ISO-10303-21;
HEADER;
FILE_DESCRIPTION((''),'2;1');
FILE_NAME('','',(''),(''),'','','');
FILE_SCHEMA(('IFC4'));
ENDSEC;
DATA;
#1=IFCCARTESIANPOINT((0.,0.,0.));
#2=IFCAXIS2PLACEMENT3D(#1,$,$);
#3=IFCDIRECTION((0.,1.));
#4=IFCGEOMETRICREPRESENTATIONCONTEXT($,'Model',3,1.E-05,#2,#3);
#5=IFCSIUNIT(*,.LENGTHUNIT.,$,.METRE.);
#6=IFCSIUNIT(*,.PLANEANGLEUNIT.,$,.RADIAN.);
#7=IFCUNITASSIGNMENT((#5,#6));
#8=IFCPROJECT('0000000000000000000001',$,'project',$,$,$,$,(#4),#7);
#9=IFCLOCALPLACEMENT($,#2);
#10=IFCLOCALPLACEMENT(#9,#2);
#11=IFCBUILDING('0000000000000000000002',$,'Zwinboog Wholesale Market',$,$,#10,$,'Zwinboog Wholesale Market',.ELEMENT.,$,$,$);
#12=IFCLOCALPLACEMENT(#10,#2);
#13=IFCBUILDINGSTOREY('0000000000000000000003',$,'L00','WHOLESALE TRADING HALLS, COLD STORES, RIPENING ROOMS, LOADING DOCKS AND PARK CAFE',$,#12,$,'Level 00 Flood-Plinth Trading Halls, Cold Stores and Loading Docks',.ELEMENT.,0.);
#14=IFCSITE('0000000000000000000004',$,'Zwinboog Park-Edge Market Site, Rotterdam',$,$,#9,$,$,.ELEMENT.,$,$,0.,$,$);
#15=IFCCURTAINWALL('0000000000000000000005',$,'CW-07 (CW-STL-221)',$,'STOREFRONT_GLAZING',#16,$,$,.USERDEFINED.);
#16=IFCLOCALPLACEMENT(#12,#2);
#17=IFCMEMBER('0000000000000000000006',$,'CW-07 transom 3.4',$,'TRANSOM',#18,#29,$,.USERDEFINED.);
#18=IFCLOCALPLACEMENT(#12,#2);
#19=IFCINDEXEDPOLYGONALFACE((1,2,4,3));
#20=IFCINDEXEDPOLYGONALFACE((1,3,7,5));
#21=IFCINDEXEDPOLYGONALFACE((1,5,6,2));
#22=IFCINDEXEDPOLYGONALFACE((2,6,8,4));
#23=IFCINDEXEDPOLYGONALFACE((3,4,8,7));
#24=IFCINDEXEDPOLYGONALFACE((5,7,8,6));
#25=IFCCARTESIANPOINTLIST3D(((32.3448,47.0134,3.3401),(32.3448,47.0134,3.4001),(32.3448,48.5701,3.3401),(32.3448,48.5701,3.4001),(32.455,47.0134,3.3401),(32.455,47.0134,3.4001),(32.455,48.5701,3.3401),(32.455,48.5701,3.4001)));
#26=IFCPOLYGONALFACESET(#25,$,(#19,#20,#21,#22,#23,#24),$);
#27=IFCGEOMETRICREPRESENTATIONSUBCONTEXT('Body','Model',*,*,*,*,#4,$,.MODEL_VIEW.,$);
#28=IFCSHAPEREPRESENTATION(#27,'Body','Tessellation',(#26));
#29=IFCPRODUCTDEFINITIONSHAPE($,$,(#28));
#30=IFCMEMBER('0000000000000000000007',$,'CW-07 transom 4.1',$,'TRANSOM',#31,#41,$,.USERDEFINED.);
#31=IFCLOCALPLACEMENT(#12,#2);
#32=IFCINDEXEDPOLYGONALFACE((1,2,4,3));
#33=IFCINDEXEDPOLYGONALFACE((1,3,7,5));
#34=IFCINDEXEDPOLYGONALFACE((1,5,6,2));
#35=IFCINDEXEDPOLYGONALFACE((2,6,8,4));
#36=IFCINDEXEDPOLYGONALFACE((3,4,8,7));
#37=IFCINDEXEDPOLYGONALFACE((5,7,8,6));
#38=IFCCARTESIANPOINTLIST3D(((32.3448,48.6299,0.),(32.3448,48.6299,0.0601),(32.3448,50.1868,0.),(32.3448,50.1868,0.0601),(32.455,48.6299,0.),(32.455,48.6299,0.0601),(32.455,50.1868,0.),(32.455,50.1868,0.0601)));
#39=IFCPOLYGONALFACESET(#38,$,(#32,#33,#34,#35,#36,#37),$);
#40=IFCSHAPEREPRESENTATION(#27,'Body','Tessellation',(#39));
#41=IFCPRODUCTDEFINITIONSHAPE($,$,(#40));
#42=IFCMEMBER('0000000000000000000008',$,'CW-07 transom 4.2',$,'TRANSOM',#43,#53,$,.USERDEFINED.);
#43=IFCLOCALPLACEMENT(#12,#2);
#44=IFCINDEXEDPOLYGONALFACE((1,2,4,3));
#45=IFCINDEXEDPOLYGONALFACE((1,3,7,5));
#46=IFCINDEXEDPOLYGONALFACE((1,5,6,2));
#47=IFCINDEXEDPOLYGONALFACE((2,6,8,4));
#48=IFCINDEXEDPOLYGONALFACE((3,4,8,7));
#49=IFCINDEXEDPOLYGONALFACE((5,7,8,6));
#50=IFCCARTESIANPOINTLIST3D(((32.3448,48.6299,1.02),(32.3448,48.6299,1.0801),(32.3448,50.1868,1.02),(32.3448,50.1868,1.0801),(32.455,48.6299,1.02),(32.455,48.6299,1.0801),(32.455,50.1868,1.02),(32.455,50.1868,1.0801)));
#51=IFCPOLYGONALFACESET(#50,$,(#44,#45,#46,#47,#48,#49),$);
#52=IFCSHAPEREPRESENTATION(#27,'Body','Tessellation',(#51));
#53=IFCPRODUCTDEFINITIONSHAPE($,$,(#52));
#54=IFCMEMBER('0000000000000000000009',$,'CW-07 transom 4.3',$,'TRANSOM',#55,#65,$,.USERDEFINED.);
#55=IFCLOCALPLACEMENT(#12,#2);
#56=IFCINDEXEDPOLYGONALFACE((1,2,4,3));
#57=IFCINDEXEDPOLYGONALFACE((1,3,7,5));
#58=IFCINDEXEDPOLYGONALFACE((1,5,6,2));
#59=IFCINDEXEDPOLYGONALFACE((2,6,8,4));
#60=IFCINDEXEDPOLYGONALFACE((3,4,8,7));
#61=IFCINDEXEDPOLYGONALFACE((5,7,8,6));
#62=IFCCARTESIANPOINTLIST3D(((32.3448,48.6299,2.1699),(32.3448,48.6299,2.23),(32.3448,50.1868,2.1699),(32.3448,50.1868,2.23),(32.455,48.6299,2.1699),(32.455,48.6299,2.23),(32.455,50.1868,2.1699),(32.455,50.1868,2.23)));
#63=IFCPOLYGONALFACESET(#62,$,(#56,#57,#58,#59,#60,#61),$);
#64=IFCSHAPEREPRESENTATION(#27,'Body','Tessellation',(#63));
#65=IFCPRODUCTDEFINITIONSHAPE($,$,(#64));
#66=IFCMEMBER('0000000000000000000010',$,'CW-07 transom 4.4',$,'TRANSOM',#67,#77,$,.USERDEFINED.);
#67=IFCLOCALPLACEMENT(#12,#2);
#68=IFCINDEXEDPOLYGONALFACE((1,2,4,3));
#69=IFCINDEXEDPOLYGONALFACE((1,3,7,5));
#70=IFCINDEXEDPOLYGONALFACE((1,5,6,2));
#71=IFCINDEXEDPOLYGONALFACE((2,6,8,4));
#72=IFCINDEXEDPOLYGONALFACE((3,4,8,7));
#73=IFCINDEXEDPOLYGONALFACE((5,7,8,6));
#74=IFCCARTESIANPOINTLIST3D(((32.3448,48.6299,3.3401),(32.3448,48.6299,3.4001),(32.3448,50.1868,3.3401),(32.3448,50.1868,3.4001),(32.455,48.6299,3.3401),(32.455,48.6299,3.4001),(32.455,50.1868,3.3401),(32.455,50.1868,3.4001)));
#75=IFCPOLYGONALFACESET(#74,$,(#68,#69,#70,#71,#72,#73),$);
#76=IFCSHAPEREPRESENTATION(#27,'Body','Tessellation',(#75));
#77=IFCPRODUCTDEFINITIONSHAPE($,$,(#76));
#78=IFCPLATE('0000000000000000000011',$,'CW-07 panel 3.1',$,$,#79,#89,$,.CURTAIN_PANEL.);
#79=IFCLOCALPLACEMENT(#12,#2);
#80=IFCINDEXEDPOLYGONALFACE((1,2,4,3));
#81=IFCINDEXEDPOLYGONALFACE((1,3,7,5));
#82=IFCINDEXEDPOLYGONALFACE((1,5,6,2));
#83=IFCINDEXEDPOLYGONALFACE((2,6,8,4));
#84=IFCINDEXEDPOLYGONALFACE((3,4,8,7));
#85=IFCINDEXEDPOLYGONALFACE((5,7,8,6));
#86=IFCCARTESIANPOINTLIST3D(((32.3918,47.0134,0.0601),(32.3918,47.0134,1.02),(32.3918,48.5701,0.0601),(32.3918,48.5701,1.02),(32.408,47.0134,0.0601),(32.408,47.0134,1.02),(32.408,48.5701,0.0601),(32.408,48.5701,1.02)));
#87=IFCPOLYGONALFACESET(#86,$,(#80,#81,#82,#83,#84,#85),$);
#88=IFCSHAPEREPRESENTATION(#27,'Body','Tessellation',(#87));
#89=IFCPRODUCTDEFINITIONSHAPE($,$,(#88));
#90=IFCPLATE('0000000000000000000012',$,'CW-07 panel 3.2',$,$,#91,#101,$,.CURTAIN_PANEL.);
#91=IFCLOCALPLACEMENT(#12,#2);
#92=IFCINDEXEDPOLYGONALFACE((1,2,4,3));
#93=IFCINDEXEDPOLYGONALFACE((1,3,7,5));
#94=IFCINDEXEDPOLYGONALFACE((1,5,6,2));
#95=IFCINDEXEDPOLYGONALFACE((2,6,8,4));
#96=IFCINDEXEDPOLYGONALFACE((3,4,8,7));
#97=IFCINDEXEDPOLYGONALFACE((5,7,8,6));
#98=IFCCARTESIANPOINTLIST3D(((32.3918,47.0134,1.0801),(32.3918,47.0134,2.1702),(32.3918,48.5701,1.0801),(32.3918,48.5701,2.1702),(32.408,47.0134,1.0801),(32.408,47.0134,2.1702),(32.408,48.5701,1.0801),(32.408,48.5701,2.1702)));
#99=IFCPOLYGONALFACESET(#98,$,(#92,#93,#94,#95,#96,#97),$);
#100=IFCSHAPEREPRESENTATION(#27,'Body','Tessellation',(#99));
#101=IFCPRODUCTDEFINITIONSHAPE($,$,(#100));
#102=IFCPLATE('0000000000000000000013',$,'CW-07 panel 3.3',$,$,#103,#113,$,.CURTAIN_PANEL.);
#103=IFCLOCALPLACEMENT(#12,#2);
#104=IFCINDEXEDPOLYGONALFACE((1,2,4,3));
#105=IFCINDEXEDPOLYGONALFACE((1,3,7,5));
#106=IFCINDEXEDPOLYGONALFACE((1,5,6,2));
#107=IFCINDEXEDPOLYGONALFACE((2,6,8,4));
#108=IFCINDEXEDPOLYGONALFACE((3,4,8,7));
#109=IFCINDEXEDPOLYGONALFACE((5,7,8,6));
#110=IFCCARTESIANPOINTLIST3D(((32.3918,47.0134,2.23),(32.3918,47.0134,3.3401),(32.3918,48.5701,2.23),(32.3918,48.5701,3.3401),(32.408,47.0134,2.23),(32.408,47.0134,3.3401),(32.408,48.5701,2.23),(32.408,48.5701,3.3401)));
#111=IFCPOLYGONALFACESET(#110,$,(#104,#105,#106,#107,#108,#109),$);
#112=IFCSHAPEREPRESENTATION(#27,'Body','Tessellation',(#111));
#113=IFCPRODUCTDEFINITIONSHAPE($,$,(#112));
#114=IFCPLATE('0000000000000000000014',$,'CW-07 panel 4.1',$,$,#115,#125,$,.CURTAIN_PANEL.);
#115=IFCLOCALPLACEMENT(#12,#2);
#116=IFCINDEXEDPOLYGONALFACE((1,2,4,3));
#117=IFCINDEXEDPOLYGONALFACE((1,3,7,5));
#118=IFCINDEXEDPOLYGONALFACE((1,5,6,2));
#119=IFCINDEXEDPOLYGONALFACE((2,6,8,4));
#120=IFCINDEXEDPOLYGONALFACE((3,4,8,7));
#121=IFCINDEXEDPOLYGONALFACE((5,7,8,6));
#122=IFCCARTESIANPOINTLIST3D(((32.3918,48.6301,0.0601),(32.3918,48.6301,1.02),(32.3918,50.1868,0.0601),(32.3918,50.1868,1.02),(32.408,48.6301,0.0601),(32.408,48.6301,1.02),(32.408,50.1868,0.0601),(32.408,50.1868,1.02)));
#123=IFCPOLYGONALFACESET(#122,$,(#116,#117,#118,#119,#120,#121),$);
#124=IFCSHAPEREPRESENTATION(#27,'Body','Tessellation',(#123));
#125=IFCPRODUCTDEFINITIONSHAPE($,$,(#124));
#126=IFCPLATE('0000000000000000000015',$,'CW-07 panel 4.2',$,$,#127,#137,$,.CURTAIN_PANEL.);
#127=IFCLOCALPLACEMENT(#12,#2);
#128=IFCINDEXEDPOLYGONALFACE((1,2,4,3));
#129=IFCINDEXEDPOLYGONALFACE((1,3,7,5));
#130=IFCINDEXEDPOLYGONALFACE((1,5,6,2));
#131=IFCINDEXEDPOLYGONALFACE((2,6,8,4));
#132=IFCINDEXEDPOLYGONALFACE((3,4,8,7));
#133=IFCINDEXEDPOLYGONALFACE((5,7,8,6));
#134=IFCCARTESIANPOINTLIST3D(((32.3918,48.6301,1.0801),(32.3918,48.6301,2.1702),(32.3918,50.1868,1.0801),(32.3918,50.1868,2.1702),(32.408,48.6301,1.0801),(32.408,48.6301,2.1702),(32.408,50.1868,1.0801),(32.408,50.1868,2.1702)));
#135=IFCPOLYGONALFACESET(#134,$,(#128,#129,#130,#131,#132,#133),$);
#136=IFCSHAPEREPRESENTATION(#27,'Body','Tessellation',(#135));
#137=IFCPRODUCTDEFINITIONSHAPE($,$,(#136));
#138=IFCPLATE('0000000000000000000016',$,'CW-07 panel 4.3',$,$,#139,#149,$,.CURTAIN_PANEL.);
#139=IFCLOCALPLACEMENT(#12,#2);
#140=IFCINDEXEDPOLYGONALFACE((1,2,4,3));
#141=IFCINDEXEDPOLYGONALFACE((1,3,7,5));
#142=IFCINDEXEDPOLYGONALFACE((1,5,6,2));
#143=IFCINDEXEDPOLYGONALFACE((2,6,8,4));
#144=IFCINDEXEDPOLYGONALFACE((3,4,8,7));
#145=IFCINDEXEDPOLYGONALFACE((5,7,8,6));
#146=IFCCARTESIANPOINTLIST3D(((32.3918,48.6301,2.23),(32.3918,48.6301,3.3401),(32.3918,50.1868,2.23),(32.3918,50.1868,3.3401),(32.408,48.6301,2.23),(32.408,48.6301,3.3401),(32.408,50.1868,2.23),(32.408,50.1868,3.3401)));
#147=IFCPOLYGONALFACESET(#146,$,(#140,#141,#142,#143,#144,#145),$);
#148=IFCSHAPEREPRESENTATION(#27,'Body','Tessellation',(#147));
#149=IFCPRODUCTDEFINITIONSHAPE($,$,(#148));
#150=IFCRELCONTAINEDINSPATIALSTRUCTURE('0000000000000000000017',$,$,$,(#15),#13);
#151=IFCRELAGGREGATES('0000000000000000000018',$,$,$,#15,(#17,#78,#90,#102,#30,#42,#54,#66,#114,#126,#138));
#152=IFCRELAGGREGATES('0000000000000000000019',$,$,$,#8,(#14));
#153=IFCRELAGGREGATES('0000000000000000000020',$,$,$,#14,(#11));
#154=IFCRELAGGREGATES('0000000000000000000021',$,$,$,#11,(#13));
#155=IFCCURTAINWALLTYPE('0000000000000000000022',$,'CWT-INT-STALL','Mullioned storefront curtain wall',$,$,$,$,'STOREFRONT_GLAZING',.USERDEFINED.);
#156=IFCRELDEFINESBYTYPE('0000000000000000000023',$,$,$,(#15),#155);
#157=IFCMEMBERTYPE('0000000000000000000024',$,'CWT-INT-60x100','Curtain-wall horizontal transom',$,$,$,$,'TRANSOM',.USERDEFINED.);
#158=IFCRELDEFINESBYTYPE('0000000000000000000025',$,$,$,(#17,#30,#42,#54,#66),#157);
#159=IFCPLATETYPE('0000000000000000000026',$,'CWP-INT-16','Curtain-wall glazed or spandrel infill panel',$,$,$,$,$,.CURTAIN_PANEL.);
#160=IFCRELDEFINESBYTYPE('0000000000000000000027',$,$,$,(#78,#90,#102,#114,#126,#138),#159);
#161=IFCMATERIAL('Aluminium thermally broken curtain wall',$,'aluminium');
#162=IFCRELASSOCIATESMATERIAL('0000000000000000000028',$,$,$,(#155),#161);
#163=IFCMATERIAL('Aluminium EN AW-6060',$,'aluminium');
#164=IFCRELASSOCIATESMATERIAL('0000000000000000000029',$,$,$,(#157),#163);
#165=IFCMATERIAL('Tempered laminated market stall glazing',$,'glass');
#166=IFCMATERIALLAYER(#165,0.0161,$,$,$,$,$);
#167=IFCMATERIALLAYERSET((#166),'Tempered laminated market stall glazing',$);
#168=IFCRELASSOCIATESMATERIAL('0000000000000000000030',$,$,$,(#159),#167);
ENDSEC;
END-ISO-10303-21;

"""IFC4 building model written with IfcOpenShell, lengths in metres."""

from ifc_helpers import new_model, si_unit, direction, frame, origin, origin_2d, place, context, subcontext, project, spatial, rectangle, extrude, material, layer, layer_set, material_profile, profile_set, type_object, element, aggregate, save


model = new_model("IFC4")

# Units and contexts
model_context = context("Model", 3, precision=1e-05, world=origin(), true_north=direction((0.0, 1.0)))
body_context = subcontext(model_context, "Body", "Model", "MODEL_VIEW")
ifc_project = project(units=[si_unit("LENGTHUNIT", "METRE"), si_unit("PLANEANGLEUNIT", "RADIAN")], contexts=[model_context])

# Site, building, storey
site_placement = place(None, origin())
site = spatial("IfcSite", under=ifc_project, at=site_placement, Name="Zwinboog Park-Edge Market Site, Rotterdam", CompositionType="ELEMENT", RefElevation=0.0)
building_placement = place(site_placement, origin())
building = spatial("IfcBuilding", under=site, at=building_placement, Name="Zwinboog Wholesale Market", LongName="Zwinboog Wholesale Market", CompositionType="ELEMENT")
storey_placement = place(building_placement, origin())
storey = spatial("IfcBuildingStorey", under=building, at=storey_placement, Name="L00", Description="WHOLESALE TRADING HALLS, COLD STORES, RIPENING ROOMS, LOADING DOCKS AND PARK CAFE", LongName="Level 00 Flood-Plinth Trading Halls, Cold Stores and Loading Docks", CompositionType="ELEMENT", Elevation=0.0)

# Curtain wall, members, plates
ifc_material_1 = material(Name="Aluminium thermally broken curtain wall", Category="aluminium")
curtain_wall_type = type_object("IfcCurtainWallType", Name="CWT-INT-STALL", Description="Mullioned storefront curtain wall", ElementType="STOREFRONT_GLAZING", PredefinedType="USERDEFINED", material=ifc_material_1)
curtain_wall_placement = place(storey_placement, origin())
curtain_wall = element("IfcCurtainWall", 1, at=curtain_wall_placement, inside=storey, type_object=curtain_wall_type, Name="CW-07 (CW-STL-221)", ObjectType="STOREFRONT_GLAZING", PredefinedType="USERDEFINED")
ifc_material_2 = material(Name="Aluminium EN AW-6060", Category="aluminium")
ifc_material_profile_1 = material_profile(ifc_material_2, rectangle(XDim=0.1101, YDim=0.0601, at=origin_2d()), Name="AL 60x110")
ifc_profile_set_1 = profile_set([ifc_material_profile_1], Name="Aluminium EN AW-6060")
member_type_1 = type_object("IfcMemberType", Name="CWT-INT-60x100", Description="Curtain-wall horizontal transom", ElementType="TRANSOM", PredefinedType="USERDEFINED", material=ifc_profile_set_1)
member_1_placement = place(storey_placement, frame((32.3999, 47.0134, 3.3701), z_axis=(0.0, 1.0, 0.0), x_axis=(-1.0, 0.0, 0.0)))
member_1 = element("IfcMember", 2, at=member_1_placement, type_object=member_type_1, Name="CW-07 transom 3.4", ObjectType="TRANSOM", PredefinedType="USERDEFINED", context=body_context, shape_type="SweptSolid", body=[
    extrude(rectangle(XDim=0.1101, YDim=0.0601, at=origin_2d()), origin(), (0.0, 0.0, 1.0), 1.5566),
])
member_2_placement = place(storey_placement, frame((32.3999, 48.6299, 0.03), z_axis=(0.0, 1.0, 0.0), x_axis=(-1.0, 0.0, 0.0)))
member_2 = element("IfcMember", 3, at=member_2_placement, type_object=member_type_1, Name="CW-07 transom 4.1", ObjectType="TRANSOM", PredefinedType="USERDEFINED", context=body_context, shape_type="SweptSolid", body=[
    extrude(rectangle(XDim=0.1101, YDim=0.0601, at=origin_2d()), origin(), (0.0, 0.0, 1.0), 1.5569),
])
member_3_placement = place(storey_placement, frame((32.3999, 48.6299, 1.05), z_axis=(0.0, 1.0, 0.0), x_axis=(-1.0, 0.0, 0.0)))
member_3 = element("IfcMember", 4, at=member_3_placement, type_object=member_type_1, Name="CW-07 transom 4.2", ObjectType="TRANSOM", PredefinedType="USERDEFINED", context=body_context, shape_type="SweptSolid", body=[
    extrude(rectangle(XDim=0.1101, YDim=0.0601, at=origin_2d()), origin(), (0.0, 0.0, 1.0), 1.5569),
])
member_4_placement = place(storey_placement, frame((32.3999, 48.6299, 2.2), z_axis=(0.0, 1.0, 0.0), x_axis=(-1.0, 0.0, 0.0)))
member_4 = element("IfcMember", 5, at=member_4_placement, type_object=member_type_1, Name="CW-07 transom 4.3", ObjectType="TRANSOM", PredefinedType="USERDEFINED", context=body_context, shape_type="SweptSolid", body=[
    extrude(rectangle(XDim=0.1101, YDim=0.0601, at=origin_2d()), origin(), (0.0, 0.0, 1.0), 1.5569),
])
member_5_placement = place(storey_placement, frame((32.3999, 48.6299, 3.3701), z_axis=(0.0, 1.0, 0.0), x_axis=(-1.0, 0.0, 0.0)))
member_5 = element("IfcMember", 6, at=member_5_placement, type_object=member_type_1, Name="CW-07 transom 4.4", ObjectType="TRANSOM", PredefinedType="USERDEFINED", context=body_context, shape_type="SweptSolid", body=[
    extrude(rectangle(XDim=0.1101, YDim=0.0601, at=origin_2d()), origin(), (0.0, 0.0, 1.0), 1.5569),
])
ifc_material_3 = material(Name="Tempered laminated market stall glazing", Category="glass")
ifc_layer = layer(ifc_material_3, 0.0161)
ifc_layer_set = layer_set([ifc_layer], Name="Tempered laminated market stall glazing")
plate_type = type_object("IfcPlateType", Name="CWP-INT-16", Description="Curtain-wall glazed or spandrel infill panel", PredefinedType="CURTAIN_PANEL", material=ifc_layer_set)
plate_1_placement = place(storey_placement, frame((32.3999, 47.7917, 0.0601), z_axis=(0.0, 0.0, 1.0), x_axis=(0.0, 1.0, 0.0)))
plate_1 = element("IfcPlate", 7, at=plate_1_placement, type_object=plate_type, Name="CW-07 panel 3.1", PredefinedType="CURTAIN_PANEL", context=body_context, shape_type="SweptSolid", body=[
    extrude(rectangle(XDim=1.5566, YDim=0.0161, at=origin_2d()), origin(), (0.0, 0.0, 1.0), 0.96),
])
plate_2_placement = place(storey_placement, frame((32.3999, 47.7917, 1.0801), z_axis=(0.0, 0.0, 1.0), x_axis=(0.0, 1.0, 0.0)))
plate_2 = element("IfcPlate", 8, at=plate_2_placement, type_object=plate_type, Name="CW-07 panel 3.2", PredefinedType="CURTAIN_PANEL", context=body_context, shape_type="SweptSolid", body=[
    extrude(rectangle(XDim=1.5566, YDim=0.0161, at=origin_2d()), origin(), (0.0, 0.0, 1.0), 1.0901),
])
plate_3_placement = place(storey_placement, frame((32.3999, 47.7917, 2.23), z_axis=(0.0, 0.0, 1.0), x_axis=(0.0, 1.0, 0.0)))
plate_3 = element("IfcPlate", 9, at=plate_3_placement, type_object=plate_type, Name="CW-07 panel 3.3", PredefinedType="CURTAIN_PANEL", context=body_context, shape_type="SweptSolid", body=[
    extrude(rectangle(XDim=1.5566, YDim=0.0161, at=origin_2d()), origin(), (0.0, 0.0, 1.0), 1.1101),
])
plate_4_placement = place(storey_placement, frame((32.3999, 49.4084, 0.0601), z_axis=(0.0, 0.0, 1.0), x_axis=(0.0, 1.0, 0.0)))
plate_4 = element("IfcPlate", 10, at=plate_4_placement, type_object=plate_type, Name="CW-07 panel 4.1", PredefinedType="CURTAIN_PANEL", context=body_context, shape_type="SweptSolid", body=[
    extrude(rectangle(XDim=1.5566, YDim=0.0161, at=origin_2d()), origin(), (0.0, 0.0, 1.0), 0.96),
])
plate_5_placement = place(storey_placement, frame((32.3999, 49.4084, 1.0801), z_axis=(0.0, 0.0, 1.0), x_axis=(0.0, 1.0, 0.0)))
plate_5 = element("IfcPlate", 11, at=plate_5_placement, type_object=plate_type, Name="CW-07 panel 4.2", PredefinedType="CURTAIN_PANEL", context=body_context, shape_type="SweptSolid", body=[
    extrude(rectangle(XDim=1.5566, YDim=0.0161, at=origin_2d()), origin(), (0.0, 0.0, 1.0), 1.0901),
])
plate_6_placement = place(storey_placement, frame((32.3999, 49.4084, 2.23), z_axis=(0.0, 0.0, 1.0), x_axis=(0.0, 1.0, 0.0)))
plate_6 = element("IfcPlate", 12, at=plate_6_placement, type_object=plate_type, Name="CW-07 panel 4.3", PredefinedType="CURTAIN_PANEL", context=body_context, shape_type="SweptSolid", body=[
    extrude(rectangle(XDim=1.5566, YDim=0.0161, at=origin_2d()), origin(), (0.0, 0.0, 1.0), 1.1101),
])
aggregate(curtain_wall, [member_1, plate_1, plate_2, plate_3, member_2, member_3, member_4, member_5, plate_4, plate_5, plate_6])

save(model, "model.ifc")
